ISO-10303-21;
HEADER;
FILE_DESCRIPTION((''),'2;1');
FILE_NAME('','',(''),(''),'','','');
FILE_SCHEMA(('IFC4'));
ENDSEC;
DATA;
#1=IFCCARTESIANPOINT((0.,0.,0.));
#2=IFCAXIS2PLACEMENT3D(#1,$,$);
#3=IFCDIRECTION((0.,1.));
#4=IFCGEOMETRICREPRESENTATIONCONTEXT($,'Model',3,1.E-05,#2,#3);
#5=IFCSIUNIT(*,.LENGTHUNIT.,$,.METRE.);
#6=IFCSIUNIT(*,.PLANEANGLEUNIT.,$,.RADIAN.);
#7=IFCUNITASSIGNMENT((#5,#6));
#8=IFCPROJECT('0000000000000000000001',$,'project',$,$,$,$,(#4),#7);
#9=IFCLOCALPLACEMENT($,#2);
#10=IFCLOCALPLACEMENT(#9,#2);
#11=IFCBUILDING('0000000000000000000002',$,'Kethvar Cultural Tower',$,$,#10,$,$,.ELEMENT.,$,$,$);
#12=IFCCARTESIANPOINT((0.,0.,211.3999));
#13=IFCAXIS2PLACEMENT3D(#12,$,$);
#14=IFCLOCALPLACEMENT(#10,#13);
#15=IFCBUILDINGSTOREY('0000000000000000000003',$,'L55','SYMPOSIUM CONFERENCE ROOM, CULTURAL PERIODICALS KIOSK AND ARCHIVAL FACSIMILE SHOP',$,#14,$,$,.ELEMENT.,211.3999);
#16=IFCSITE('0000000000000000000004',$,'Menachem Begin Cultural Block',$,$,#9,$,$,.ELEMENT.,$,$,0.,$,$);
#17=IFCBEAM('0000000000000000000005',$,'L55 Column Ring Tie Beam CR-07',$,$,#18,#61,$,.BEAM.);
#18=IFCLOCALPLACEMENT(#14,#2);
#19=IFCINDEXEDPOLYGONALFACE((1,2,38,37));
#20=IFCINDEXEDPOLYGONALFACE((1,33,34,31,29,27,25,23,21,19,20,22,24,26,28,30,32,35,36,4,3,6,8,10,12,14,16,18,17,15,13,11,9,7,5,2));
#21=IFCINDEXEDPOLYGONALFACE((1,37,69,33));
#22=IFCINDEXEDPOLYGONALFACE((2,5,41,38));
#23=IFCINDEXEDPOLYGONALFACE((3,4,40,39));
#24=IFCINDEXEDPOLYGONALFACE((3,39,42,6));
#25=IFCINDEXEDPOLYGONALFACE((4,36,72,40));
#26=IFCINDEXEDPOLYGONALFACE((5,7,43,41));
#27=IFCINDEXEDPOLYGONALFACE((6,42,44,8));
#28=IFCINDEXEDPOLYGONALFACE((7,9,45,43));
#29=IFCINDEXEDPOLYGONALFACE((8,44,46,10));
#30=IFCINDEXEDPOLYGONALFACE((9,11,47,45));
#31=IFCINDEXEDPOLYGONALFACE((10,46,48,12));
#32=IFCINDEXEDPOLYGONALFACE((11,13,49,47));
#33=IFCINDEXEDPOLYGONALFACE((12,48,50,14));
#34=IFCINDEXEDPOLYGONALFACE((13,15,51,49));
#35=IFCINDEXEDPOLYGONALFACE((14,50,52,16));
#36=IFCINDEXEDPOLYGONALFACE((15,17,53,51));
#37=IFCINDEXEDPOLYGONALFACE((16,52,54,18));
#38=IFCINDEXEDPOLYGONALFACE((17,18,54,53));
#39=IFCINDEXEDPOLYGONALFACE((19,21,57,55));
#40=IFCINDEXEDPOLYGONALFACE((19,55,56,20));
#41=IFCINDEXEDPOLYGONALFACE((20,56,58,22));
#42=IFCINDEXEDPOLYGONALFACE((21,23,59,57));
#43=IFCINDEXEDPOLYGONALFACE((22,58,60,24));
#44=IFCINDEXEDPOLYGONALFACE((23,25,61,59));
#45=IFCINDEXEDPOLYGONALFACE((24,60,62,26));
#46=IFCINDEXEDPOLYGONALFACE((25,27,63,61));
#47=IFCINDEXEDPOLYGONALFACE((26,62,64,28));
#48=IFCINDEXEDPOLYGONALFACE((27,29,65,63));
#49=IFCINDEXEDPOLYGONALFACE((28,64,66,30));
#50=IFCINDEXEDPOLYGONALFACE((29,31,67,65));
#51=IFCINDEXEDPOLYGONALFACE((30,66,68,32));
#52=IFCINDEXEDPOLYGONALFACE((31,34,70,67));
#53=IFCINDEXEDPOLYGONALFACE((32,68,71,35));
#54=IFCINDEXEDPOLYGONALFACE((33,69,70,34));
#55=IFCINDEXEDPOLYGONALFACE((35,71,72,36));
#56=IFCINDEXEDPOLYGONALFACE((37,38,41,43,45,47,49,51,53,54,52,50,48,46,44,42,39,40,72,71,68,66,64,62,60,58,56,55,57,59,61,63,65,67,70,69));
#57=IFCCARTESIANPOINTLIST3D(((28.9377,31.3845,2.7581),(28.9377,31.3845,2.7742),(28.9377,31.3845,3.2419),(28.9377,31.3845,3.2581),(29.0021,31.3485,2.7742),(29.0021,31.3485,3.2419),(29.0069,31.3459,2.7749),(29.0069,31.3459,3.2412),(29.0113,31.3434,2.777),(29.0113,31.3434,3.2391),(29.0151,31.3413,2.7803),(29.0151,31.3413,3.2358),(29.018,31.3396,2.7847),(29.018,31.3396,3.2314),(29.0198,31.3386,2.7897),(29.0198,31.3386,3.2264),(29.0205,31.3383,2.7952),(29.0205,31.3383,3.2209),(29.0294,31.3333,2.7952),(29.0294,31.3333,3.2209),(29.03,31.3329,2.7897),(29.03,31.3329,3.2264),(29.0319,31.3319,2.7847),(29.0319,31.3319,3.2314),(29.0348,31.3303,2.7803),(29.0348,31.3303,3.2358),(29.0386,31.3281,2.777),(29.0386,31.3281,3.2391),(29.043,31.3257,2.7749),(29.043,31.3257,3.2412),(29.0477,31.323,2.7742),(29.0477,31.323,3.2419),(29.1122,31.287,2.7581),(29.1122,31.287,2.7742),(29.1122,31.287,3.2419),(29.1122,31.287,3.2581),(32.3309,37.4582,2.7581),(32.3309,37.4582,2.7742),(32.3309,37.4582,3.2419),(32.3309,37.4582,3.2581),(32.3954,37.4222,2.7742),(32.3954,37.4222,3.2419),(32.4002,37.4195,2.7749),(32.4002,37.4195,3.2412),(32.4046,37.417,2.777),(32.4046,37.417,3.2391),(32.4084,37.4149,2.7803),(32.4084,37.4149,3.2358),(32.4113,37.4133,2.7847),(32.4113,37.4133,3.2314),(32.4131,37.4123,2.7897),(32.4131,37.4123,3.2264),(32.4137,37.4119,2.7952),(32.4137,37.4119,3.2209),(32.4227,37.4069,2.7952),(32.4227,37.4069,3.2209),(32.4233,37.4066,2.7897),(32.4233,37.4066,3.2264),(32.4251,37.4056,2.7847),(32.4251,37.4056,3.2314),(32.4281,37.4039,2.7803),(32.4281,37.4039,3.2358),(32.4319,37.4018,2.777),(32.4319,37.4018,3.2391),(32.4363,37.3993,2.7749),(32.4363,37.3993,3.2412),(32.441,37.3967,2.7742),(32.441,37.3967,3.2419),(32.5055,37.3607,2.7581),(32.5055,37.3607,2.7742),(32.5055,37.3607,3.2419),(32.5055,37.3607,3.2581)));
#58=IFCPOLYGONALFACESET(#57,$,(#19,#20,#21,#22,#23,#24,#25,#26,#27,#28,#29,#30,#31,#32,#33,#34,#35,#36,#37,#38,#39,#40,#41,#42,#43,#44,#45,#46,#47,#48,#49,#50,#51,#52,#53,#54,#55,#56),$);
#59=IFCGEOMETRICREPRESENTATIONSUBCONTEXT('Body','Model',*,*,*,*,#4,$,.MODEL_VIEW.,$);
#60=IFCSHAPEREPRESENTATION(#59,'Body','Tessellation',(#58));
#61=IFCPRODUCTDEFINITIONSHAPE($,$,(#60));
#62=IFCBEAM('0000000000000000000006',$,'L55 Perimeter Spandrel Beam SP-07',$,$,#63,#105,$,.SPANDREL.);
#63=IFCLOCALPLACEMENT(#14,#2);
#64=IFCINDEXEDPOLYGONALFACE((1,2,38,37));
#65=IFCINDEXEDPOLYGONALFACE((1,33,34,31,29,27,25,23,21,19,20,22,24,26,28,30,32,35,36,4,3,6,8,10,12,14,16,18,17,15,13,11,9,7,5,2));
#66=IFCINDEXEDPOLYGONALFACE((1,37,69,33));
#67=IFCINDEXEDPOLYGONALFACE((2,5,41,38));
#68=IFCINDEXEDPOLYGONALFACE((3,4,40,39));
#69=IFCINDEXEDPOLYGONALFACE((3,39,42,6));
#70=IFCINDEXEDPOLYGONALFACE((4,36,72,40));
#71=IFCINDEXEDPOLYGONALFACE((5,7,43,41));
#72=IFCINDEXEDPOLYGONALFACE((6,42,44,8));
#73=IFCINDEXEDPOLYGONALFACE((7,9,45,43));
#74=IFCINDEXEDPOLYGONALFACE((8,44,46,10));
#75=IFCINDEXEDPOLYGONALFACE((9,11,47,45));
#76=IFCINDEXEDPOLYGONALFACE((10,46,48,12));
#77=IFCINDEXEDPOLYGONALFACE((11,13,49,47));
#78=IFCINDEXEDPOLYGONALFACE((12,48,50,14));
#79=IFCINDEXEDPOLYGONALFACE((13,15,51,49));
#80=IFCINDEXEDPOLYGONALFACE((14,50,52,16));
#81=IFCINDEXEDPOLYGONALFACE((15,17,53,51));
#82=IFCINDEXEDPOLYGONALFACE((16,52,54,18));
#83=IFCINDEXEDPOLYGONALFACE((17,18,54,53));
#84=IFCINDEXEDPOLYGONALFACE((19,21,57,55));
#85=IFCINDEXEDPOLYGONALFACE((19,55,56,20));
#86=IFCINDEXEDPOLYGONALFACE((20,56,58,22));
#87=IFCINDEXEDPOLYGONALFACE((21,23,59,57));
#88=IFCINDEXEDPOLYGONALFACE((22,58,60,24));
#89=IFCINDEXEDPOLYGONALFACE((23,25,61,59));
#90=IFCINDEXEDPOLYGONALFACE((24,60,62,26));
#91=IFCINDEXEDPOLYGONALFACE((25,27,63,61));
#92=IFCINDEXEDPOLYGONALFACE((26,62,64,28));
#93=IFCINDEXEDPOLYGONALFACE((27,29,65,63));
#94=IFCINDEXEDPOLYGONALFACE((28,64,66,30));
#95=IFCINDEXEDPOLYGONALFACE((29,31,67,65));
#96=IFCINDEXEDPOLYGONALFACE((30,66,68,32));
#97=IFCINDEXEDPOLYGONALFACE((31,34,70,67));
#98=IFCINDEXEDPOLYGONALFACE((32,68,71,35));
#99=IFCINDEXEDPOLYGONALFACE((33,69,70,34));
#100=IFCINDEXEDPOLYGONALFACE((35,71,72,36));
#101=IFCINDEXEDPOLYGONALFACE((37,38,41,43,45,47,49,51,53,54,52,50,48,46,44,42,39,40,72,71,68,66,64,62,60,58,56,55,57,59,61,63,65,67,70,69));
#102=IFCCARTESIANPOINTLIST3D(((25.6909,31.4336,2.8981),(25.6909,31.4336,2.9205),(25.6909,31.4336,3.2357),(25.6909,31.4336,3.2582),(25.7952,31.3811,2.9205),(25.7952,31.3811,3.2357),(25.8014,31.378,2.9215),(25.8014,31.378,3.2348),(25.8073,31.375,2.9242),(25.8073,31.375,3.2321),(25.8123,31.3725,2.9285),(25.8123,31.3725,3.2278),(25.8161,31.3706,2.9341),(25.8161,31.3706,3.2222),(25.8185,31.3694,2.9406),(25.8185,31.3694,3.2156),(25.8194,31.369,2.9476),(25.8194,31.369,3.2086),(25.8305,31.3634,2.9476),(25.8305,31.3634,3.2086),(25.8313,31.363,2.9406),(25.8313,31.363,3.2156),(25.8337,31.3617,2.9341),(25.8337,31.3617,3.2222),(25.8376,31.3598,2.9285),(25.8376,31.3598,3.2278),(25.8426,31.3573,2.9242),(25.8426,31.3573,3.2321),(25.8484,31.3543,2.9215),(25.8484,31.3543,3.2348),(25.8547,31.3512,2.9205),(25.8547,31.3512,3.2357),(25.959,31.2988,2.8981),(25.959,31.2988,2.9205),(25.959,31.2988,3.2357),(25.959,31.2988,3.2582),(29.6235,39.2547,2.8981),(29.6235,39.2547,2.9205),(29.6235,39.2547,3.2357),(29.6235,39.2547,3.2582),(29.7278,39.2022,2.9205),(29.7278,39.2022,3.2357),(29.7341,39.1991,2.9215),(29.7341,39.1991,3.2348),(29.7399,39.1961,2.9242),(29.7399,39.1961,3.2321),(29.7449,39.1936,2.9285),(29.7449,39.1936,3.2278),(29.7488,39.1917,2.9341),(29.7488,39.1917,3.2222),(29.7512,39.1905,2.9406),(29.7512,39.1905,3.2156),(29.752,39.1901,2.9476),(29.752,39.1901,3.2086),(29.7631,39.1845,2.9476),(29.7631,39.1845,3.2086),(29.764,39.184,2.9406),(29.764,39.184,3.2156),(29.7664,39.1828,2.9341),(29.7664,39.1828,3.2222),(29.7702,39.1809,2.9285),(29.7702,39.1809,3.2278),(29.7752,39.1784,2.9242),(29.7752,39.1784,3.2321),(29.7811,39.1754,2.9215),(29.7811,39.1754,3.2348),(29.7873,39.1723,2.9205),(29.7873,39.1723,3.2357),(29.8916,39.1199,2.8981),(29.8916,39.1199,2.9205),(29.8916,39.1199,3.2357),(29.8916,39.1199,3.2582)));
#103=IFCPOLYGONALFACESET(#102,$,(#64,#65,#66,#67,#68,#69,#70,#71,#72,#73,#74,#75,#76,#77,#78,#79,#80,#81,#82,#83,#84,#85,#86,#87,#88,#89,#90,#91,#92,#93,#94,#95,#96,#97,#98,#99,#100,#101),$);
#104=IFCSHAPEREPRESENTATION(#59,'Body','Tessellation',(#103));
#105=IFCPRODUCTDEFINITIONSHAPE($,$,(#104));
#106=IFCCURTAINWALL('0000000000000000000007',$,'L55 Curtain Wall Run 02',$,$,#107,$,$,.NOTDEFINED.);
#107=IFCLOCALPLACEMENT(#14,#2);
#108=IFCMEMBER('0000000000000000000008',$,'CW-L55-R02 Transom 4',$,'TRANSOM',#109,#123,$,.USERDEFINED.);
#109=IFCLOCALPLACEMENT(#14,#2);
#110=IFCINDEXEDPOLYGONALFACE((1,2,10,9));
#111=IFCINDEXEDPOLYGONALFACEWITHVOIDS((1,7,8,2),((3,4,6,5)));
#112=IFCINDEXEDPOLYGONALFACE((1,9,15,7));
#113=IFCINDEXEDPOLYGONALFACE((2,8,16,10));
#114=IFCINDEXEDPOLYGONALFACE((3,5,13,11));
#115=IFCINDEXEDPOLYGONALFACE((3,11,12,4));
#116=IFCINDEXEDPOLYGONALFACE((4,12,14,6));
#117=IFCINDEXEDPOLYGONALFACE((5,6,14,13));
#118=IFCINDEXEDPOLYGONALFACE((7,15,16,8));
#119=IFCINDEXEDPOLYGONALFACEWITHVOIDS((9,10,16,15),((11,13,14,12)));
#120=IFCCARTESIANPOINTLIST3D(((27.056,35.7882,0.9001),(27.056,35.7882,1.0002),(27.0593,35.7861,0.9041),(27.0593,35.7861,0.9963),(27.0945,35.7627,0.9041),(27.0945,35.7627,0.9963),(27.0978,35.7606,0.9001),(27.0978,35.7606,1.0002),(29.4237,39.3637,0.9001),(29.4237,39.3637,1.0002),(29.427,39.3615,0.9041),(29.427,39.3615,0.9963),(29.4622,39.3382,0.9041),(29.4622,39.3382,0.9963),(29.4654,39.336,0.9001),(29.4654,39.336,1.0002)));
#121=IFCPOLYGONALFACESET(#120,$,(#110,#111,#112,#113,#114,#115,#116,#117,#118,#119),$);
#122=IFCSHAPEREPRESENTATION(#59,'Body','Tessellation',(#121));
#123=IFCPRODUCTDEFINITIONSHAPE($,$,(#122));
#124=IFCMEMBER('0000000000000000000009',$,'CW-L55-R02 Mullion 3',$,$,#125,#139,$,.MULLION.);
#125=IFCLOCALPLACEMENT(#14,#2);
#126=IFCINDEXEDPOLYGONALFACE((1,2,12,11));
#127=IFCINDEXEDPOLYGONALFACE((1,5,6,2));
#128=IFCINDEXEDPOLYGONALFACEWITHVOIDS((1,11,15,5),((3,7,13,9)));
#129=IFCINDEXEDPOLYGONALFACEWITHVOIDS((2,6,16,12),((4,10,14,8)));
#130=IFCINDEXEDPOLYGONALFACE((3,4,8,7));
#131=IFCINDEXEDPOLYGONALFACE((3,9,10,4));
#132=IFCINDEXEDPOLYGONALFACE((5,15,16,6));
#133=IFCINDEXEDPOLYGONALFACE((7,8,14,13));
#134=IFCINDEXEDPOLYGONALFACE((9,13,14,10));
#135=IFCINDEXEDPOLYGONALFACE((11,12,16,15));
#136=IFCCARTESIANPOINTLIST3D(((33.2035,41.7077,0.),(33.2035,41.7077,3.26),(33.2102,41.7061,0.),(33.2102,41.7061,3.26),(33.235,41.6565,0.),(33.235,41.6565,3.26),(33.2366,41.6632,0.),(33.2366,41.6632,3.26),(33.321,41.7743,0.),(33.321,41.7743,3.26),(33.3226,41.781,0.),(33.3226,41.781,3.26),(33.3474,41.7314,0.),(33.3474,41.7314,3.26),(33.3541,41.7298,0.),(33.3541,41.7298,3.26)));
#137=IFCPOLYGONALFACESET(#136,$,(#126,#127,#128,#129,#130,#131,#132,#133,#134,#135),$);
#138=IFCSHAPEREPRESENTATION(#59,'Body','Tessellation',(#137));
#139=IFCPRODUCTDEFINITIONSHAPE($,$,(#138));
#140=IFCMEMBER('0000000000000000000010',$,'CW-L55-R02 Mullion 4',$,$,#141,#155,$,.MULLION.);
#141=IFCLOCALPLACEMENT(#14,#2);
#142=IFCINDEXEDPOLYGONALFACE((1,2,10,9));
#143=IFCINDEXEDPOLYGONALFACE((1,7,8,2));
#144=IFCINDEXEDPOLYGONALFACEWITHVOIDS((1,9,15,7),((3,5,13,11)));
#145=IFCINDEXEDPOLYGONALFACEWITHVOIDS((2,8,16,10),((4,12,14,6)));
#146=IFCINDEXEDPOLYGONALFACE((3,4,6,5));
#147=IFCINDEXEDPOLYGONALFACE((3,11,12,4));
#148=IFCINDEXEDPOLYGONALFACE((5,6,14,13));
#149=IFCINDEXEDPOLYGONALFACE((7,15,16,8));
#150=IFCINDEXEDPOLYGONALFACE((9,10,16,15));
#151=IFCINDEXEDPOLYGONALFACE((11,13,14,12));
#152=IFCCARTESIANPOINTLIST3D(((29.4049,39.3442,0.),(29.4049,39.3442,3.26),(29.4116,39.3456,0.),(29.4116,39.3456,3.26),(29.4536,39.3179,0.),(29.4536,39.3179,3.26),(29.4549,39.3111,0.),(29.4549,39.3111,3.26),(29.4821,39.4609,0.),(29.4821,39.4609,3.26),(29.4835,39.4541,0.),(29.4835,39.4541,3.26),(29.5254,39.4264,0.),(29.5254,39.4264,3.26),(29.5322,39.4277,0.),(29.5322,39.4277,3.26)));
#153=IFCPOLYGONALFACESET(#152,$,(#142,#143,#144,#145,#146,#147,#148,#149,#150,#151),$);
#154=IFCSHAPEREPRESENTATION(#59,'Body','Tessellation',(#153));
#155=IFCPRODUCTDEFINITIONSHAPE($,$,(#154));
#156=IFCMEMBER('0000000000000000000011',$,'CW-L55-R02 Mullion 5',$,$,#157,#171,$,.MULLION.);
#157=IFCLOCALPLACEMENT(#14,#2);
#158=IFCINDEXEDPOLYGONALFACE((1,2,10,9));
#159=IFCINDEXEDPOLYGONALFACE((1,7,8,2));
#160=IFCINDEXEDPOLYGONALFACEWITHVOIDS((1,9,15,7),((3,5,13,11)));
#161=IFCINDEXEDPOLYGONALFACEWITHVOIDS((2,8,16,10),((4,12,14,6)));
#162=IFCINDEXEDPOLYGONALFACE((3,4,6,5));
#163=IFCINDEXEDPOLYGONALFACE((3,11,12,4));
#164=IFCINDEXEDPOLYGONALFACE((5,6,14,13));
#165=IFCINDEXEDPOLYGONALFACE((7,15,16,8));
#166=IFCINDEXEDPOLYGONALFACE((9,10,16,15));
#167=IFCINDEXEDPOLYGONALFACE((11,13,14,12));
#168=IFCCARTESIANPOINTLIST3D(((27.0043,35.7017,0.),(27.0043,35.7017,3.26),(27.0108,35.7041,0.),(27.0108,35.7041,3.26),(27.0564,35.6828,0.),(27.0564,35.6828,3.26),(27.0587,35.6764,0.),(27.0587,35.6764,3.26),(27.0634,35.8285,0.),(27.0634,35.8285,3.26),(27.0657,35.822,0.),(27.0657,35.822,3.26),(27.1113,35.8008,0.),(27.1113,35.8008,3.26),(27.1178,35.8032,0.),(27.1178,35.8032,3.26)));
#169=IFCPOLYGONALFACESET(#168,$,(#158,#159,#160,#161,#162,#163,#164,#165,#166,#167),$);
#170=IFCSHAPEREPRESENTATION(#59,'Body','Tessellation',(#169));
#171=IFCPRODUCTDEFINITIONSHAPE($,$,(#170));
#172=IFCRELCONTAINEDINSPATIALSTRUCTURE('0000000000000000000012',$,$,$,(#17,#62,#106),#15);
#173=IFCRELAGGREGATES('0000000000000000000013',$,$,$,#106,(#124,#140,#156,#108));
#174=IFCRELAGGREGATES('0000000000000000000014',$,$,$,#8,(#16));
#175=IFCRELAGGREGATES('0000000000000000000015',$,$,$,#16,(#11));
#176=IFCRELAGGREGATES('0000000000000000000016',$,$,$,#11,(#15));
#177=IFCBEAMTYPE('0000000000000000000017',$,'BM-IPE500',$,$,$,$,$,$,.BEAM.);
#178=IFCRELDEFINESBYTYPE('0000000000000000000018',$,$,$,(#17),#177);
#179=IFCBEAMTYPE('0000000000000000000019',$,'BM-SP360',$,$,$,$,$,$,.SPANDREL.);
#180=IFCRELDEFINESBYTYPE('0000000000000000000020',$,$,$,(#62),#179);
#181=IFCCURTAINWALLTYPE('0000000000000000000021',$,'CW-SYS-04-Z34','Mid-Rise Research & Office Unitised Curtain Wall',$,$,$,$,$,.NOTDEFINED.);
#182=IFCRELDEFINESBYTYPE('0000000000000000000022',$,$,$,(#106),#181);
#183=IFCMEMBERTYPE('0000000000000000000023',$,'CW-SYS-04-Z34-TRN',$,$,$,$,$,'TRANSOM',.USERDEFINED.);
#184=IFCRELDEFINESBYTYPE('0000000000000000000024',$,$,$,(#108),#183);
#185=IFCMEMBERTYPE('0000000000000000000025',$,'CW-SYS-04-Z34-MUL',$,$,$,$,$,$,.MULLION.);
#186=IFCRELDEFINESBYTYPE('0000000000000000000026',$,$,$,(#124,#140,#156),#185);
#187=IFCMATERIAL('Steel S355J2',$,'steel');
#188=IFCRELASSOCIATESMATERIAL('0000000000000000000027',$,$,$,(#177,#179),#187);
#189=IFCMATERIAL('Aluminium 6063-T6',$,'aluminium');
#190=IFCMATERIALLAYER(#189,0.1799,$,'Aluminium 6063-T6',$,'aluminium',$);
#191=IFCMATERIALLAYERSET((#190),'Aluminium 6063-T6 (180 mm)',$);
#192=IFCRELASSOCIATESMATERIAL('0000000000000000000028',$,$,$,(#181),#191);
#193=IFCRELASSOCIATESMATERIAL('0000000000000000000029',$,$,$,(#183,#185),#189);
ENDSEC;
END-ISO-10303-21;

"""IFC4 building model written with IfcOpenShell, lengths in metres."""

from ifc_helpers import new_model, si_unit, direction, frame, origin, origin_2d, place, context, subcontext, project, spatial, hollow_rectangle, i_section, extrude, source, transform, mapped, material, layer, layer_set, material_profile, profile_set, type_object, element, aggregate, save


model = new_model("IFC4")

# Units and contexts
model_context = context("Model", 3, precision=1e-05, world=origin(), true_north=direction((0.0, 1.0)))
body_context = subcontext(model_context, "Body", "Model", "MODEL_VIEW")
ifc_project = project(units=[si_unit("LENGTHUNIT", "METRE"), si_unit("PLANEANGLEUNIT", "RADIAN")], contexts=[model_context])

# Site, building, storey
site_placement = place(None, origin())
site = spatial("IfcSite", under=ifc_project, at=site_placement, Name="Menachem Begin Cultural Block", CompositionType="ELEMENT", RefElevation=0.0)
building_placement = place(site_placement, origin())
building = spatial("IfcBuilding", under=site, at=building_placement, Name="Kethvar Cultural Tower", CompositionType="ELEMENT")
storey_placement = place(building_placement, frame((0.0, 0.0, 211.3999)))
storey = spatial("IfcBuildingStorey", under=building, at=storey_placement, Name="L55", Description="SYMPOSIUM CONFERENCE ROOM, CULTURAL PERIODICALS KIOSK AND ARCHIVAL FACSIMILE SHOP", CompositionType="ELEMENT", Elevation=211.3999)

# Beams
ifc_material_1 = material(Name="Steel S355J2", Category="steel")
ifc_material_profile_1 = material_profile(ifc_material_1, i_section(OverallWidth=0.2, OverallDepth=0.5, WebThickness=0.0103, FlangeThickness=0.0161, FilletRadius=0.021, at=origin_2d()), Name="Steel S355J2 — IPE500")
ifc_profile_set_1 = profile_set([ifc_material_profile_1], Name="Steel S355J2 — IPE500")
beam_type_1 = type_object("IfcBeamType", Name="BM-IPE500", PredefinedType="BEAM", material=ifc_profile_set_1)
ifc_material_profile_2 = material_profile(ifc_material_1, i_section(OverallWidth=0.3, OverallDepth=0.3601, WebThickness=0.0125, FlangeThickness=0.0225, FilletRadius=0.0271, at=origin_2d()), Name="Steel S355J2 — HEB360")
ifc_profile_set_2 = profile_set([ifc_material_profile_2], Name="Steel S355J2 — HEB360")
beam_type_2 = type_object("IfcBeamType", Name="BM-SP360", PredefinedType="SPANDREL", material=ifc_profile_set_2)
shared_shape_1 = source(origin(), body_context, "Body", "SweptSolid", [
    extrude(i_section(OverallWidth=0.2, OverallDepth=0.5, WebThickness=0.0103, FlangeThickness=0.0161, FilletRadius=0.021, at=origin_2d()), origin(), (0.0, 0.0, 1.0), 6.9573),
])
beam_1_placement = place(storey_placement, frame((32.4182, 37.4094, 3.0081), z_axis=(-0.48773, -0.872994, 0.0), x_axis=(0.872994, -0.48773, 0.0)))
element("IfcBeam", 1, at=beam_1_placement, inside=storey, type_object=beam_type_1, Name="L55 Column Ring Tie Beam CR-07", PredefinedType="BEAM", context=body_context, shape_type="MappedRepresentation", body=[
    mapped(shared_shape_1, transform((0.0, 0.0, 0.0), scale=1.0)),
])
shared_shape_2 = source(origin(), body_context, "Body", "SweptSolid", [
    extrude(i_section(OverallWidth=0.3, OverallDepth=0.3601, WebThickness=0.0125, FlangeThickness=0.0225, FilletRadius=0.0271, at=origin_2d()), origin(), (0.0, 0.0, 1.0), 8.7542),
])
beam_2_placement = place(storey_placement, frame((29.7576, 39.1873, 3.0781), z_axis=(-0.449232, -0.893415, 0.0), x_axis=(0.893415, -0.449232, 0.0)))
element("IfcBeam", 2, at=beam_2_placement, inside=storey, type_object=beam_type_2, Name="L55 Perimeter Spandrel Beam SP-07", PredefinedType="SPANDREL", context=body_context, shape_type="MappedRepresentation", body=[
    mapped(shared_shape_2, transform((0.0, 0.0, 0.0), scale=1.0)),
])

# Curtain wall, members
ifc_material_2 = material(Name="Aluminium 6063-T6", Category="aluminium")
ifc_layer_1 = layer(ifc_material_2, 0.1799, Name="Aluminium 6063-T6", Category="aluminium")
ifc_layer_set_1 = layer_set([ifc_layer_1], Name="Aluminium 6063-T6 (180 mm)")
curtain_wall_type = type_object("IfcCurtainWallType", Name="CW-SYS-04-Z34", Description="Mid-Rise Research & Office Unitised Curtain Wall", PredefinedType="NOTDEFINED", material=ifc_layer_set_1)
curtain_wall_placement = place(storey_placement, origin())
curtain_wall = element("IfcCurtainWall", 3, at=curtain_wall_placement, inside=storey, type_object=curtain_wall_type, Name="L55 Curtain Wall Run 02", PredefinedType="NOTDEFINED")
ifc_material_profile_3 = material_profile(ifc_material_2, hollow_rectangle(XDim=0.05, YDim=0.1001, WallThickness=0.0039, at=origin_2d()), Name="Aluminium 6063-T6 — RHS100x50x4")
ifc_profile_set_3 = profile_set([ifc_material_profile_3], Name="Aluminium 6063-T6 — RHS100x50x4")
member_type_1 = type_object("IfcMemberType", Name="CW-SYS-04-Z34-TRN", ElementType="TRANSOM", PredefinedType="USERDEFINED", material=ifc_profile_set_3)
shared_shape_3 = source(origin(), body_context, "Body", "SweptSolid", [
    extrude(hollow_rectangle(XDim=0.05, YDim=0.1001, WallThickness=0.0039, at=origin_2d()), origin(), (0.0, 0.0, 1.0), 4.2883),
])
member_1_placement = place(storey_placement, frame((29.4446, 39.3499, 0.9502), z_axis=(-0.552122, -0.833763, 0.0), x_axis=(0.833763, -0.552122, 0.0)))
member_1 = element("IfcMember", 4, at=member_1_placement, type_object=member_type_1, Name="CW-L55-R02 Transom 4", ObjectType="TRANSOM", PredefinedType="USERDEFINED", context=body_context, shape_type="MappedRepresentation", body=[
    mapped(shared_shape_3, transform((0.0, 0.0, 0.0), scale=1.0)),
])
ifc_material_profile_4 = material_profile(ifc_material_2, hollow_rectangle(XDim=0.0601, YDim=0.1399, WallThickness=0.0049, at=origin_2d()), Name="Aluminium 6063-T6 — RHS140x60x5")
ifc_profile_set_4 = profile_set([ifc_material_profile_4], Name="Aluminium 6063-T6 — RHS140x60x5")
member_type_2 = type_object("IfcMemberType", Name="CW-SYS-04-Z34-MUL", PredefinedType="MULLION", material=ifc_profile_set_4)
shared_shape_4 = source(origin(), body_context, "Body", "SweptSolid", [
    extrude(hollow_rectangle(XDim=0.0601, YDim=0.1399, WallThickness=0.0049, at=origin_2d()), origin(), (0.0, 0.0, 1.0), 3.26),
])
member_2_placement = place(storey_placement, frame((33.2788, 41.7188, 0.0), z_axis=(0.0, 0.0, 1.0), x_axis=(0.52409, -0.851663, 0.0)))
member_2 = element("IfcMember", 5, at=member_2_placement, type_object=member_type_2, Name="CW-L55-R02 Mullion 3", PredefinedType="MULLION", context=body_context, shape_type="MappedRepresentation", body=[
    mapped(shared_shape_4, transform((0.0, 0.0, 0.0), scale=1.0)),
])
member_3_placement = place(storey_placement, frame((29.4685, 39.386, 0.0), z_axis=(0.0, 0.0, 1.0), x_axis=(0.83378, -0.552097, 0.0)))
member_3 = element("IfcMember", 6, at=member_3_placement, type_object=member_type_2, Name="CW-L55-R02 Mullion 4", PredefinedType="MULLION", context=body_context, shape_type="MappedRepresentation", body=[
    mapped(shared_shape_4, transform((0.0, 0.0, 0.0), scale=1.0)),
])
member_4_placement = place(storey_placement, frame((27.061, 35.7524, 0.0), z_axis=(0.0, 0.0, 1.0), x_axis=(0.906448, -0.422318, 0.0)))
member_4 = element("IfcMember", 7, at=member_4_placement, type_object=member_type_2, Name="CW-L55-R02 Mullion 5", PredefinedType="MULLION", context=body_context, shape_type="MappedRepresentation", body=[
    mapped(shared_shape_4, transform((0.0, 0.0, 0.0), scale=1.0)),
])
aggregate(curtain_wall, [member_2, member_3, member_4, member_1])

save(model, "model.ifc")
